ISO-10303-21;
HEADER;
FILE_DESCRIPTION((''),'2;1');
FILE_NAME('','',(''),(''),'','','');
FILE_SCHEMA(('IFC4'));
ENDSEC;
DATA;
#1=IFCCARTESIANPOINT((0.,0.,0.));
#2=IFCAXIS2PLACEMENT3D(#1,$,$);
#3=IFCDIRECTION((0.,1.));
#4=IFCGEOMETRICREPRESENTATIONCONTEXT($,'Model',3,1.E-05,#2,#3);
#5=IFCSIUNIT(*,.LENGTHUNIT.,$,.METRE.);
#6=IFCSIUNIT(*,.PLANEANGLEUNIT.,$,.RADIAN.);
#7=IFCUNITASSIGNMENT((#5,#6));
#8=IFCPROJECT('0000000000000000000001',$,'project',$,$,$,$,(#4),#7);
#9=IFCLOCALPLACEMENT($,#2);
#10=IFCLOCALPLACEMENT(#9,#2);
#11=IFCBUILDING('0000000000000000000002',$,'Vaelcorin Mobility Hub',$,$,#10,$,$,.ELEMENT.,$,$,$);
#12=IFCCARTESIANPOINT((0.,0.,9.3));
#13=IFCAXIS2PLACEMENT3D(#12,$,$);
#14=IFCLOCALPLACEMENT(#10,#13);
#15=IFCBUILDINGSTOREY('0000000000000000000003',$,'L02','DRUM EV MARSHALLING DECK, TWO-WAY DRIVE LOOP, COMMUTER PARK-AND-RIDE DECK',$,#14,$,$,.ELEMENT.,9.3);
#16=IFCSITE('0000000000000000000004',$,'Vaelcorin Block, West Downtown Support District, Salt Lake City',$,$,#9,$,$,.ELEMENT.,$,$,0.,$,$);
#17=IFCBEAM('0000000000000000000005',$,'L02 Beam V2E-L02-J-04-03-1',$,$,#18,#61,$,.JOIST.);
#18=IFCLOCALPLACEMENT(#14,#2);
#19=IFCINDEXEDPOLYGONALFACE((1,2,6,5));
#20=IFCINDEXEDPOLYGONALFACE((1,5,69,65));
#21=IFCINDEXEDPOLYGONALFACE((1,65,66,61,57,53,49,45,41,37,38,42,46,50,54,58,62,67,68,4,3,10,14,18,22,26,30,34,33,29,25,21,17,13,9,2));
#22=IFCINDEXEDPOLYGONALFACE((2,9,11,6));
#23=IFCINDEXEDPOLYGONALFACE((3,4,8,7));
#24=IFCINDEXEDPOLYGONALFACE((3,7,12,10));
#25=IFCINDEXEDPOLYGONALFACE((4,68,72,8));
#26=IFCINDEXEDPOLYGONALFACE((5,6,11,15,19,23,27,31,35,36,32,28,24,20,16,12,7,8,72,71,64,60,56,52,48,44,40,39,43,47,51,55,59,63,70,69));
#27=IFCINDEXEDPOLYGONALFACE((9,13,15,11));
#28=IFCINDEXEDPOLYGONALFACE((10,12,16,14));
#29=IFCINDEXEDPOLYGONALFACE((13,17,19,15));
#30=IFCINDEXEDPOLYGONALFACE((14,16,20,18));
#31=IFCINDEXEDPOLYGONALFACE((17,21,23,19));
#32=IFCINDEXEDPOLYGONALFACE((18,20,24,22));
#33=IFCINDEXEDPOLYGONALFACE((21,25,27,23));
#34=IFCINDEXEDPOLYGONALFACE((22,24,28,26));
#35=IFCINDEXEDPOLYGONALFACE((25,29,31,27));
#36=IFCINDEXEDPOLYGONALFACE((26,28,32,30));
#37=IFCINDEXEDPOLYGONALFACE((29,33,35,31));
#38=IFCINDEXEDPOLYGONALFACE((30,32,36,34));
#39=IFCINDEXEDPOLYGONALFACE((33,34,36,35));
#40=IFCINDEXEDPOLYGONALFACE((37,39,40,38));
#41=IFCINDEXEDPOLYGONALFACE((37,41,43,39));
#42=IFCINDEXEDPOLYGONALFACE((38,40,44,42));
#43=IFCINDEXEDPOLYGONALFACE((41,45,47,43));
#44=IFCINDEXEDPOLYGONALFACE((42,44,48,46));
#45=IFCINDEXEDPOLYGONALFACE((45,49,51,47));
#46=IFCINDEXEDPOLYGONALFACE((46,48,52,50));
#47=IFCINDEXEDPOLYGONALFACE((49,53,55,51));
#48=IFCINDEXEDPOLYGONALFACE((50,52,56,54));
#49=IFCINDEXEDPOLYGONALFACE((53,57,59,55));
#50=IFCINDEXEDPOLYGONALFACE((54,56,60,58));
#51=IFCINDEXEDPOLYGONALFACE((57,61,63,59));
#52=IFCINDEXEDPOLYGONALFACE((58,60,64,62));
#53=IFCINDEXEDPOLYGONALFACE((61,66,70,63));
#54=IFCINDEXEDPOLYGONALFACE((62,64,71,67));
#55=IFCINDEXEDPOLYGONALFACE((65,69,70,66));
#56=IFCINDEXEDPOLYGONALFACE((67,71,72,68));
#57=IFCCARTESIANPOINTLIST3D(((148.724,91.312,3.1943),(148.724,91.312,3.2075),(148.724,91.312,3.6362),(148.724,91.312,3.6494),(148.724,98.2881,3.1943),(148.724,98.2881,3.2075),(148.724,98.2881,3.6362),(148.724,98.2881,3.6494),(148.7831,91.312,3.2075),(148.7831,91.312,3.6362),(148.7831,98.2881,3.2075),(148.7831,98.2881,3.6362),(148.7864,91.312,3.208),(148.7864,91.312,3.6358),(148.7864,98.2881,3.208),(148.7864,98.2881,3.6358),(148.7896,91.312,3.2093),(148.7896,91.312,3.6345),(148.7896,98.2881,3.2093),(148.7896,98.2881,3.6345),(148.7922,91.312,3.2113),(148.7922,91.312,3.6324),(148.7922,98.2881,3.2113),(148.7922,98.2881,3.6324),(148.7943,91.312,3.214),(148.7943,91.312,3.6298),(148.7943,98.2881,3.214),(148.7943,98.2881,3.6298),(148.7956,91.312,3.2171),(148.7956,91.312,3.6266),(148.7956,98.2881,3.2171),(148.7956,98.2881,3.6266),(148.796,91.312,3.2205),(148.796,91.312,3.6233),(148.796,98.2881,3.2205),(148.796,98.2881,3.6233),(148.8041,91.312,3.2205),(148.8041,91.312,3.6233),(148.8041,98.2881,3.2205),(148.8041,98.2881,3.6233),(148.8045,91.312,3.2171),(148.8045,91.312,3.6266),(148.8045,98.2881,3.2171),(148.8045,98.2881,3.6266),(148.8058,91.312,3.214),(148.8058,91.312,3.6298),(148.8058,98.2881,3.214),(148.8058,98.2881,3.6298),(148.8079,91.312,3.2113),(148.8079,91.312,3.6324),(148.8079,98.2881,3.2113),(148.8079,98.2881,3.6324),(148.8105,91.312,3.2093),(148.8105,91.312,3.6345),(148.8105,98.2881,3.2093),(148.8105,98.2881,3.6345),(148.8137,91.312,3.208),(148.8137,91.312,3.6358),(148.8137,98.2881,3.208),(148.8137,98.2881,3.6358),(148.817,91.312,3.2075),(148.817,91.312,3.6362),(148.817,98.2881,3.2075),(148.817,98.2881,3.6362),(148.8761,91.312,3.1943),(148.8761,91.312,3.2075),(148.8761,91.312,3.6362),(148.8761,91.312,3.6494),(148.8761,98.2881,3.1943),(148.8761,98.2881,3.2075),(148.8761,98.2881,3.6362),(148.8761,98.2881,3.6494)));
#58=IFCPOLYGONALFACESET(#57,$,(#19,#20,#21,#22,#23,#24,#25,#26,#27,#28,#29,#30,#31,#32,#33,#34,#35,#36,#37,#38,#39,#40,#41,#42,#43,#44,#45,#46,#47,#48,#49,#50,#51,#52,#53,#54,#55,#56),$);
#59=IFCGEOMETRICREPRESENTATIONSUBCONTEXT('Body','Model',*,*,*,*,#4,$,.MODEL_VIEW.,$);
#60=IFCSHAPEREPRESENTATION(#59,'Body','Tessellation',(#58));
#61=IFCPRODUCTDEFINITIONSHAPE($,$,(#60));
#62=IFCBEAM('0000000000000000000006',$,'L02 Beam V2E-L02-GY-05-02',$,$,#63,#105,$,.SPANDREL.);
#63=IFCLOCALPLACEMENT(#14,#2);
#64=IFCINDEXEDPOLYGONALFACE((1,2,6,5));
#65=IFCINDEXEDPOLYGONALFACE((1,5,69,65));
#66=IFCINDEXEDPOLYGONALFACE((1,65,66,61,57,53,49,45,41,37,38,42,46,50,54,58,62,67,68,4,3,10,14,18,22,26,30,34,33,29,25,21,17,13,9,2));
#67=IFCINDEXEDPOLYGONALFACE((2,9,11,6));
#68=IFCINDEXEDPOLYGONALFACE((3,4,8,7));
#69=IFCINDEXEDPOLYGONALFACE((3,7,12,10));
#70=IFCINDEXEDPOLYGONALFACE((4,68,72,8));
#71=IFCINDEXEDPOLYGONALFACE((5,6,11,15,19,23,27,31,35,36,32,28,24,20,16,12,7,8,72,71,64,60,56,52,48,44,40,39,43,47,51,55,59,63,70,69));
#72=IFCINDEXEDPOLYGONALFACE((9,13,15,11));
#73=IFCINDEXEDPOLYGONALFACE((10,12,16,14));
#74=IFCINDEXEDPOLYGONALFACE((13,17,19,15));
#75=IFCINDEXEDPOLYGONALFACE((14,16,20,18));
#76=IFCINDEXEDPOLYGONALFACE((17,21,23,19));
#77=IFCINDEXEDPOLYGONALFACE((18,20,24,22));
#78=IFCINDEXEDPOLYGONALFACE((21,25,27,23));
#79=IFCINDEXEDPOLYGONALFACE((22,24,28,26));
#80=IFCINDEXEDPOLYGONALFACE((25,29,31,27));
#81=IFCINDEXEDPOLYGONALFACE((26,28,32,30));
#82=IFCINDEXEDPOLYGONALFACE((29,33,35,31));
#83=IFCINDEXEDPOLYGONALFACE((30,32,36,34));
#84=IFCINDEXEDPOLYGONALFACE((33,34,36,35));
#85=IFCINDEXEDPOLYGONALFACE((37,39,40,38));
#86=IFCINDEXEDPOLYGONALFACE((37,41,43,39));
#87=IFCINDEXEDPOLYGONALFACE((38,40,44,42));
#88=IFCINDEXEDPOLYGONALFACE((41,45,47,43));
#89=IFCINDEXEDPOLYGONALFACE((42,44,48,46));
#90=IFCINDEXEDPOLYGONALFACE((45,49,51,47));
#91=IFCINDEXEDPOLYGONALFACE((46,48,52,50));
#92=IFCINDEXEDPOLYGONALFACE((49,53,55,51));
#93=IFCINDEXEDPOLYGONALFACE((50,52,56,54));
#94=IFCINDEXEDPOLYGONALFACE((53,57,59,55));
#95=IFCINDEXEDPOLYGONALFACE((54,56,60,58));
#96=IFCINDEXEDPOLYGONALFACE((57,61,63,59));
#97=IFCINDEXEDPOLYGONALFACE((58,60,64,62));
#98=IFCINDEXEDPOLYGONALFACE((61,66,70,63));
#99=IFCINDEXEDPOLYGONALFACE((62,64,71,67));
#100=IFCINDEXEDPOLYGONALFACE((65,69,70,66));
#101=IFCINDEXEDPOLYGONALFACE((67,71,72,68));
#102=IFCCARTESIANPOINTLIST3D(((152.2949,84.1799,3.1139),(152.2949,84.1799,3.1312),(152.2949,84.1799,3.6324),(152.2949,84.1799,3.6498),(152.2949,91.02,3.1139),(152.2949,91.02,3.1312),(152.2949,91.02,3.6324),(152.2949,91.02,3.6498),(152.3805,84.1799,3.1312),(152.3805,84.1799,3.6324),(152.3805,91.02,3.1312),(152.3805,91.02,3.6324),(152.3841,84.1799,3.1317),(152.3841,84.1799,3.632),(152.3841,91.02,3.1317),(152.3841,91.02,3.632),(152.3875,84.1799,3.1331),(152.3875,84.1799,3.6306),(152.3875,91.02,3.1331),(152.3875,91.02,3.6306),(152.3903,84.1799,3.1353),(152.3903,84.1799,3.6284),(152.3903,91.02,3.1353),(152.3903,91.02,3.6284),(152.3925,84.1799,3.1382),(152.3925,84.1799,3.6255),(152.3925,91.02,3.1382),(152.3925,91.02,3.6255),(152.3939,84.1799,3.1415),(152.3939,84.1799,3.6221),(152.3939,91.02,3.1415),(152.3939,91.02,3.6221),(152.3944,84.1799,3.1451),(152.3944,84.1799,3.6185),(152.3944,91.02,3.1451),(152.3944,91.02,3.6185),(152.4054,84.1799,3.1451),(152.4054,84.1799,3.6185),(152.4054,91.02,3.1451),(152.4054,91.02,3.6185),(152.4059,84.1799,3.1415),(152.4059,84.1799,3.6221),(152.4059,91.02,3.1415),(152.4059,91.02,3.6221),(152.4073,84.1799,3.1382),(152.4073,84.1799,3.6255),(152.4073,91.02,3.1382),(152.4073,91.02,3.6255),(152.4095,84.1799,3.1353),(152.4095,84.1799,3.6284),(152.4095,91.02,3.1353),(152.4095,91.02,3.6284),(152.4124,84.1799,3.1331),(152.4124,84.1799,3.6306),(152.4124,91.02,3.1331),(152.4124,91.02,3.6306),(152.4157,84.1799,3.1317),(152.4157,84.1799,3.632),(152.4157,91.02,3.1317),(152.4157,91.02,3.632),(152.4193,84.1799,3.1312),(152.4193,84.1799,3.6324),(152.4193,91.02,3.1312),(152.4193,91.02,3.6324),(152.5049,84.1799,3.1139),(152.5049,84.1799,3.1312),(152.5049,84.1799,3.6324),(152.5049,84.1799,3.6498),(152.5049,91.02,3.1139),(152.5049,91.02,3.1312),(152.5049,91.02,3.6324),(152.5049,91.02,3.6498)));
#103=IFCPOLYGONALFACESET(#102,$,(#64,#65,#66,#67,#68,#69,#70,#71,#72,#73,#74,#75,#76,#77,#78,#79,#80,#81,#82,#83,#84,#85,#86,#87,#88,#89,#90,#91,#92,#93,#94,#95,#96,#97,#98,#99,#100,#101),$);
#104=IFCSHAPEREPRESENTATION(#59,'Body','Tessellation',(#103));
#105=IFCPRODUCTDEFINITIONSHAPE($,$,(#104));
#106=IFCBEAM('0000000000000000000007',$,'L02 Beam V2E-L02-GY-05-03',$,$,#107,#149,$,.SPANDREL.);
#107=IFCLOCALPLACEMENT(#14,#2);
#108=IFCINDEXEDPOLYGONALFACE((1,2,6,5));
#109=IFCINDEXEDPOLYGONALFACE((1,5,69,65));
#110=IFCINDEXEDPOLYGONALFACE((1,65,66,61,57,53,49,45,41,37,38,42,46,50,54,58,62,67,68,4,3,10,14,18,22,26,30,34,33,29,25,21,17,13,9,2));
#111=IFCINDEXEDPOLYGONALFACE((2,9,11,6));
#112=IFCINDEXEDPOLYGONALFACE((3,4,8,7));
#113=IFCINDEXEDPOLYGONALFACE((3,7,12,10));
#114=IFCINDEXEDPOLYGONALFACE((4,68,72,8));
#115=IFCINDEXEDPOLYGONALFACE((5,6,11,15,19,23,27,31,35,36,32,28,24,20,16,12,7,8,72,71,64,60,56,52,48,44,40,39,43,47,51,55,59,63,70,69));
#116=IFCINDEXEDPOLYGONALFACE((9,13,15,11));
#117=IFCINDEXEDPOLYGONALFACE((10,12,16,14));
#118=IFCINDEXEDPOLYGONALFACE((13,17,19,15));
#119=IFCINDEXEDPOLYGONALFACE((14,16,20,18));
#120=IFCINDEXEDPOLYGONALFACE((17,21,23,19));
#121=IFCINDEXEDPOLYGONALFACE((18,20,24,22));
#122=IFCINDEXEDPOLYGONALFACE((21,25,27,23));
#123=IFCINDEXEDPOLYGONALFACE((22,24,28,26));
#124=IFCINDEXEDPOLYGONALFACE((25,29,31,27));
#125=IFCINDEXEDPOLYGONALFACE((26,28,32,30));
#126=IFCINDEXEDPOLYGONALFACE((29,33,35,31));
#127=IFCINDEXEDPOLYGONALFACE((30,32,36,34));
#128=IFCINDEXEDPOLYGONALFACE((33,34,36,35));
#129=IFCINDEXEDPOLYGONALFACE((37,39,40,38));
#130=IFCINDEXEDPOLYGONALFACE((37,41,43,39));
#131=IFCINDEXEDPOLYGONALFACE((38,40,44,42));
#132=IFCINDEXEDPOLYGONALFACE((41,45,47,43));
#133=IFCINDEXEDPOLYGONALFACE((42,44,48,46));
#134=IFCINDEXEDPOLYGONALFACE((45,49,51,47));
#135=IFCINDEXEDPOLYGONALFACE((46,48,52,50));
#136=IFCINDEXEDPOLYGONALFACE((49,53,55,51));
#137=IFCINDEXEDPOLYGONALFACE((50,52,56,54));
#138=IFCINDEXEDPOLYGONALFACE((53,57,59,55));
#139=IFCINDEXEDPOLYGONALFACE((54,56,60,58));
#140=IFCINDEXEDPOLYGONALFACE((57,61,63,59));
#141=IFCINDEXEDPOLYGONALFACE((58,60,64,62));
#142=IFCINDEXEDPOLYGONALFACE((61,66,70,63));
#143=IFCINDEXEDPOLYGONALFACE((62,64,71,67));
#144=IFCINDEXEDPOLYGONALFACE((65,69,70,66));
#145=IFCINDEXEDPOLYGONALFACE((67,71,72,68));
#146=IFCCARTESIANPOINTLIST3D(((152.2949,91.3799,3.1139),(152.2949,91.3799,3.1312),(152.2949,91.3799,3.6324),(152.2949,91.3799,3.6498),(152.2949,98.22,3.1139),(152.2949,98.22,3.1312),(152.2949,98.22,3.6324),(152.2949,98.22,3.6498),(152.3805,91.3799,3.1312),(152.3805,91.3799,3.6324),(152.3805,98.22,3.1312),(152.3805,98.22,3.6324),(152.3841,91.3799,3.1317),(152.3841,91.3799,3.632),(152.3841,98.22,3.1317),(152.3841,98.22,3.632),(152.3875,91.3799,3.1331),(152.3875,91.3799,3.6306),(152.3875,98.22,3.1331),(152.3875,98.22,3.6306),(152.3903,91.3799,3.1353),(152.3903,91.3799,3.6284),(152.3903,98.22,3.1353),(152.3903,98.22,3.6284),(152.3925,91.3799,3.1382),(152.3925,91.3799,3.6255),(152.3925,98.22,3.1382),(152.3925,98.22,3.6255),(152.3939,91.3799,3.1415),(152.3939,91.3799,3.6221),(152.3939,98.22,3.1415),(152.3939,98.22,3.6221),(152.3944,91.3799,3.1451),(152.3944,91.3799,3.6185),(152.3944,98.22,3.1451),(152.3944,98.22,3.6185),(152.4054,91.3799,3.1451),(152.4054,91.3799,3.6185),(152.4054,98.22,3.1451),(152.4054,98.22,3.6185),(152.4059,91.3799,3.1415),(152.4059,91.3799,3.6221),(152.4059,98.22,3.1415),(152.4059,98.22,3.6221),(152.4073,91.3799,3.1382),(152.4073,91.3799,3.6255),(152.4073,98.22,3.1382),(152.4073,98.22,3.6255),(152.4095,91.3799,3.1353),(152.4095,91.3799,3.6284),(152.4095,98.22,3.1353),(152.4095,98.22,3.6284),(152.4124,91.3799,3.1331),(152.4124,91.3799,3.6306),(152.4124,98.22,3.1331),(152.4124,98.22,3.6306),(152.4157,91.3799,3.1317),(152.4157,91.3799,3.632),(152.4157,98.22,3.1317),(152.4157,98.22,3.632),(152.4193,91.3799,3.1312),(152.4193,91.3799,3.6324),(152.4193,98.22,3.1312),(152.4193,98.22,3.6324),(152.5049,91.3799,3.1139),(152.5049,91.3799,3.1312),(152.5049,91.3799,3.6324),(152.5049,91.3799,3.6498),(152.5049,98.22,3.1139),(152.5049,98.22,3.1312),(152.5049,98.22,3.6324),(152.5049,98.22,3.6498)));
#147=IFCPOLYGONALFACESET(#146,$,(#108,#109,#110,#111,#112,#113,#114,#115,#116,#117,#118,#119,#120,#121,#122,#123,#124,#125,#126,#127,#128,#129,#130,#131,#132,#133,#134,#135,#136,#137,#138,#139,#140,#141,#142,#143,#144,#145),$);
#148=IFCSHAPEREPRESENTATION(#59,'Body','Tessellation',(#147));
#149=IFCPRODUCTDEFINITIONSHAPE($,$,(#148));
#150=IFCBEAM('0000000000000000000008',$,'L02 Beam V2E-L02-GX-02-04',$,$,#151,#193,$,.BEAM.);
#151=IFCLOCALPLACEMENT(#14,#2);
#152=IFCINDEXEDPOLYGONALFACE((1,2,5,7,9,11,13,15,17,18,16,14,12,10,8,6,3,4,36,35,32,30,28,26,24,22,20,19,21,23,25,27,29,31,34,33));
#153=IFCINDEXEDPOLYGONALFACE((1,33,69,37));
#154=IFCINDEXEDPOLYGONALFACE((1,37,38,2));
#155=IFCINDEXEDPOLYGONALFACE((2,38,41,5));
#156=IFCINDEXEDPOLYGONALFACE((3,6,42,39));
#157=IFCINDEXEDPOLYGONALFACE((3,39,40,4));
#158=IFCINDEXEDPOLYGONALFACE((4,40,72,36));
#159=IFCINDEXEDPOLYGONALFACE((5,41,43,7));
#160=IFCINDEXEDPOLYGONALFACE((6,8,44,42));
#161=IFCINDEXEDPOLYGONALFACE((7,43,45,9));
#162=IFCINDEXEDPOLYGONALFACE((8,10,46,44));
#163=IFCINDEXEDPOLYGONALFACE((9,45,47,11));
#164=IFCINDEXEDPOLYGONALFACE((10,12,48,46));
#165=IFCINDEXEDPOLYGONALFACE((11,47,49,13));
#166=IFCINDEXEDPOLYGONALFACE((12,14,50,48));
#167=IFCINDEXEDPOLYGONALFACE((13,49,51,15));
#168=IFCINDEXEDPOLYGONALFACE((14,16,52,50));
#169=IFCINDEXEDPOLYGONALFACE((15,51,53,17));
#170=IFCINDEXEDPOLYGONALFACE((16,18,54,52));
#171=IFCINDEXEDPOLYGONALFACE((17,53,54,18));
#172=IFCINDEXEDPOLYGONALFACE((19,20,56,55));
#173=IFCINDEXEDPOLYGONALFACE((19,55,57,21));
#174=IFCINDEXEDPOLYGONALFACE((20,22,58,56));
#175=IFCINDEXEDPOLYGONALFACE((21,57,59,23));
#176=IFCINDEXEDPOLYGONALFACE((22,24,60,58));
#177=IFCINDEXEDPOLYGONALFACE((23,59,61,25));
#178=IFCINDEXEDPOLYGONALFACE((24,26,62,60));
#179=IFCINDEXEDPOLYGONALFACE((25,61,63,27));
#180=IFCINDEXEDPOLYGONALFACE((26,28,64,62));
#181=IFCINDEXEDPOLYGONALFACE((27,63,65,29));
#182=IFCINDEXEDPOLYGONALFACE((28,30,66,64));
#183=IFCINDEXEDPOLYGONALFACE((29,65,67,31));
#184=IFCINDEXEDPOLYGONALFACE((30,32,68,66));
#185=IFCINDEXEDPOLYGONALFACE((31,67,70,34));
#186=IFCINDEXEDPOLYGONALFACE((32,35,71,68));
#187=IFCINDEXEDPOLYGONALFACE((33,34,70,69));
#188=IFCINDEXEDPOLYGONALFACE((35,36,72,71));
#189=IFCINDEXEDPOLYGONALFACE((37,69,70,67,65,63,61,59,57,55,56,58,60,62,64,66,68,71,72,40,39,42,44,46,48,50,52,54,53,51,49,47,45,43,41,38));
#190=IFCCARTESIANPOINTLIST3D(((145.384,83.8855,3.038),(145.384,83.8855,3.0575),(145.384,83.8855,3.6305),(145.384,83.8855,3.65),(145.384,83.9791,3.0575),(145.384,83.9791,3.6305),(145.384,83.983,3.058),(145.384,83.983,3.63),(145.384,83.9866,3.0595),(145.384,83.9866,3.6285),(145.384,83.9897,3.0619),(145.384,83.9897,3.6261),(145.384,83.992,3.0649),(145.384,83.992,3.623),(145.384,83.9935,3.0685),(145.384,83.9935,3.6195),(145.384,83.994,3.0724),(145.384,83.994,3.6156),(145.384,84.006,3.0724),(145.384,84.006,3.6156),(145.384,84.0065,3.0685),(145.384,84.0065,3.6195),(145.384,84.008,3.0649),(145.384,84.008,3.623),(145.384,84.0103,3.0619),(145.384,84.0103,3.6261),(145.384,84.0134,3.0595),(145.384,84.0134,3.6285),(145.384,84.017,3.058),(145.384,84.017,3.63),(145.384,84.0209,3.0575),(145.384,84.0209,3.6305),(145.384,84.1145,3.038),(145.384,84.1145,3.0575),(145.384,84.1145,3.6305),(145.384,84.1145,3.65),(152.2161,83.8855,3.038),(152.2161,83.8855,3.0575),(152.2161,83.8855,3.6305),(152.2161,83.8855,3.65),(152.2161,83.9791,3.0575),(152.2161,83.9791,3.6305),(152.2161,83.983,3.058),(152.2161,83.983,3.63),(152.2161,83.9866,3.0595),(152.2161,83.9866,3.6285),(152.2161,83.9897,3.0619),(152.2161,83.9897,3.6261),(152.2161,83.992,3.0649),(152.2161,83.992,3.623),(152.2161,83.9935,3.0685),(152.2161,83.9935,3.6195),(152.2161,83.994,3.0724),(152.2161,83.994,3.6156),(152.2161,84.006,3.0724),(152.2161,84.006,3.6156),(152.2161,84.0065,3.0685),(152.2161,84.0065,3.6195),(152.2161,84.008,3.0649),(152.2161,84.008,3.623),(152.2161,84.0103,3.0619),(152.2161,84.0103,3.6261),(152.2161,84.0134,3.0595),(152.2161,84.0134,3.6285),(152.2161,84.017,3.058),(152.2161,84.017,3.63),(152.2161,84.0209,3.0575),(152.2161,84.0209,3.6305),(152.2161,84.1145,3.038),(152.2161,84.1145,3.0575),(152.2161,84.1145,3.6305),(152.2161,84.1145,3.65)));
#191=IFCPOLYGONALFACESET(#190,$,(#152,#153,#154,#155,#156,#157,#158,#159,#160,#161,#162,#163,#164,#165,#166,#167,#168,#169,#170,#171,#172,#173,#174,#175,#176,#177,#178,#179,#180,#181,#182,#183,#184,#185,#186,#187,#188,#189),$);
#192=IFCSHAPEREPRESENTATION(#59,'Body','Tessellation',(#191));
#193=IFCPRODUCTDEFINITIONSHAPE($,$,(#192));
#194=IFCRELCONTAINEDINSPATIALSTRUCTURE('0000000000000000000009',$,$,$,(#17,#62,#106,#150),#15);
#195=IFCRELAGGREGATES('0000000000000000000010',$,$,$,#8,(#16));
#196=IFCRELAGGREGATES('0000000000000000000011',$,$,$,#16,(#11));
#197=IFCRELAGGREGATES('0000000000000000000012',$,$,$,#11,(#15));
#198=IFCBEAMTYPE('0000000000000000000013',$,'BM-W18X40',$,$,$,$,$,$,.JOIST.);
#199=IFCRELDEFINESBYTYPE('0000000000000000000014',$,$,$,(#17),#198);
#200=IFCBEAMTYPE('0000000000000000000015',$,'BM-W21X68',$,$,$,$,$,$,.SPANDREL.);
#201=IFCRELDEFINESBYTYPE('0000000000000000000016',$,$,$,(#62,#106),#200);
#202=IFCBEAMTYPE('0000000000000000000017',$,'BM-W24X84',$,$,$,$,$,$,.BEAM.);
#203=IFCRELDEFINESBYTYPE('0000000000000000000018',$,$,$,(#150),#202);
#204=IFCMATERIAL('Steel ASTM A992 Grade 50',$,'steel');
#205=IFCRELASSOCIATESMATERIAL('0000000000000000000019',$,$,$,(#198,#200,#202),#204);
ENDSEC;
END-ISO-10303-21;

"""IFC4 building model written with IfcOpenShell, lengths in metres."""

from ifc_helpers import new_model, si_unit, direction, frame, origin, origin_2d, place, context, subcontext, project, spatial, i_section, extrude, material, material_profile, profile_set, type_object, element, save


model = new_model("IFC4")

# Units and contexts
model_context = context("Model", 3, precision=1e-05, world=origin(), true_north=direction((0.0, 1.0)))
body_context = subcontext(model_context, "Body", "Model", "MODEL_VIEW")
ifc_project = project(units=[si_unit("LENGTHUNIT", "METRE"), si_unit("PLANEANGLEUNIT", "RADIAN")], contexts=[model_context])

# Site, building, storey
site_placement = place(None, origin())
site = spatial("IfcSite", under=ifc_project, at=site_placement, Name="Vaelcorin Block, West Downtown Support District, Salt Lake City", CompositionType="ELEMENT", RefElevation=0.0)
building_placement = place(site_placement, origin())
building = spatial("IfcBuilding", under=site, at=building_placement, Name="Vaelcorin Mobility Hub", CompositionType="ELEMENT")
storey_placement = place(building_placement, frame((0.0, 0.0, 9.3)))
storey = spatial("IfcBuildingStorey", under=building, at=storey_placement, Name="L02", Description="DRUM EV MARSHALLING DECK, TWO-WAY DRIVE LOOP, COMMUTER PARK-AND-RIDE DECK", CompositionType="ELEMENT", Elevation=9.3)

# Shared definitions
ifc_material_1 = material(Name="Steel ASTM A992 Grade 50", Category="steel")

# Beams
ifc_material_profile_1 = material_profile(ifc_material_1, i_section(OverallWidth=0.1521, OverallDepth=0.4551, WebThickness=0.0081, FlangeThickness=0.0132, FilletRadius=0.0129, at=origin_2d()), Name="W18X40")
ifc_profile_set_1 = profile_set([ifc_material_profile_1], Name="Steel ASTM A992 Grade 50")
beam_type_1 = type_object("IfcBeamType", Name="BM-W18X40", PredefinedType="JOIST", material=ifc_profile_set_1)
beam_1_placement = place(storey_placement, frame((148.8, 91.312, 3.4219), z_axis=(0.0, 1.0, 0.0), x_axis=(-1.0, 0.0, 0.0)))
element("IfcBeam", 1, at=beam_1_placement, inside=storey, type_object=beam_type_1, Name="L02 Beam V2E-L02-J-04-03-1", PredefinedType="JOIST", context=body_context, shape_type="SweptSolid", body=[
    extrude(i_section(OverallWidth=0.1521, OverallDepth=0.4551, WebThickness=0.0081, FlangeThickness=0.0132, FilletRadius=0.0129, at=origin_2d()), origin(), (0.0, 0.0, 1.0), 6.9761),
])
ifc_material_profile_2 = material_profile(ifc_material_1, i_section(OverallWidth=0.21, OverallDepth=0.5359, WebThickness=0.011, FlangeThickness=0.0173, FilletRadius=0.0139, at=origin_2d()), Name="W21X68")
ifc_profile_set_2 = profile_set([ifc_material_profile_2], Name="Steel ASTM A992 Grade 50")
beam_type_2 = type_object("IfcBeamType", Name="BM-W21X68", PredefinedType="SPANDREL", material=ifc_profile_set_2)
for number, where, z_axis, x_axis, name in (
    (2, (152.3999, 84.1799, 3.3818), (0.0, 1.0, 0.0), (-1.0, 0.0, 0.0), "L02 Beam V2E-L02-GY-05-02"),
    (3, (152.3999, 91.3799, 3.3818), (0.0, 1.0, 0.0), (-1.0, 0.0, 0.0), "L02 Beam V2E-L02-GY-05-03"),
):
    element("IfcBeam", number, at=place(storey_placement, frame(where, z_axis=z_axis, x_axis=x_axis)), inside=storey, type_object=beam_type_2, Name=name, PredefinedType="SPANDREL", context=body_context, shape_type="SweptSolid", body=[
        extrude(i_section(OverallWidth=0.21, OverallDepth=0.5359, WebThickness=0.011, FlangeThickness=0.0173, FilletRadius=0.0139, at=origin_2d()), origin(), (0.0, 0.0, 1.0), 6.8401),
    ])
ifc_material_profile_3 = material_profile(ifc_material_1, i_section(OverallWidth=0.229, OverallDepth=0.6121, WebThickness=0.012, FlangeThickness=0.0195, FilletRadius=0.0149, at=origin_2d()), Name="W24X84")
ifc_profile_set_3 = profile_set([ifc_material_profile_3], Name="Steel ASTM A992 Grade 50")
beam_type_3 = type_object("IfcBeamType", Name="BM-W24X84", PredefinedType="BEAM", material=ifc_profile_set_3)
for number, where, z_axis, x_axis, name in (
    (4, (145.384, 84.0, 3.344), (1.0, 0.0, 0.0), (0.0, 1.0, 0.0), "L02 Beam V2E-L02-GX-02-04"),
):
    element("IfcBeam", number, at=place(storey_placement, frame(where, z_axis=z_axis, x_axis=x_axis)), inside=storey, type_object=beam_type_3, Name=name, PredefinedType="BEAM", context=body_context, shape_type="SweptSolid", body=[
        extrude(i_section(OverallWidth=0.229, OverallDepth=0.6121, WebThickness=0.012, FlangeThickness=0.0195, FilletRadius=0.0149, at=origin_2d()), origin(), (0.0, 0.0, 1.0), 6.832),
    ])

save(model, "model.ifc")
